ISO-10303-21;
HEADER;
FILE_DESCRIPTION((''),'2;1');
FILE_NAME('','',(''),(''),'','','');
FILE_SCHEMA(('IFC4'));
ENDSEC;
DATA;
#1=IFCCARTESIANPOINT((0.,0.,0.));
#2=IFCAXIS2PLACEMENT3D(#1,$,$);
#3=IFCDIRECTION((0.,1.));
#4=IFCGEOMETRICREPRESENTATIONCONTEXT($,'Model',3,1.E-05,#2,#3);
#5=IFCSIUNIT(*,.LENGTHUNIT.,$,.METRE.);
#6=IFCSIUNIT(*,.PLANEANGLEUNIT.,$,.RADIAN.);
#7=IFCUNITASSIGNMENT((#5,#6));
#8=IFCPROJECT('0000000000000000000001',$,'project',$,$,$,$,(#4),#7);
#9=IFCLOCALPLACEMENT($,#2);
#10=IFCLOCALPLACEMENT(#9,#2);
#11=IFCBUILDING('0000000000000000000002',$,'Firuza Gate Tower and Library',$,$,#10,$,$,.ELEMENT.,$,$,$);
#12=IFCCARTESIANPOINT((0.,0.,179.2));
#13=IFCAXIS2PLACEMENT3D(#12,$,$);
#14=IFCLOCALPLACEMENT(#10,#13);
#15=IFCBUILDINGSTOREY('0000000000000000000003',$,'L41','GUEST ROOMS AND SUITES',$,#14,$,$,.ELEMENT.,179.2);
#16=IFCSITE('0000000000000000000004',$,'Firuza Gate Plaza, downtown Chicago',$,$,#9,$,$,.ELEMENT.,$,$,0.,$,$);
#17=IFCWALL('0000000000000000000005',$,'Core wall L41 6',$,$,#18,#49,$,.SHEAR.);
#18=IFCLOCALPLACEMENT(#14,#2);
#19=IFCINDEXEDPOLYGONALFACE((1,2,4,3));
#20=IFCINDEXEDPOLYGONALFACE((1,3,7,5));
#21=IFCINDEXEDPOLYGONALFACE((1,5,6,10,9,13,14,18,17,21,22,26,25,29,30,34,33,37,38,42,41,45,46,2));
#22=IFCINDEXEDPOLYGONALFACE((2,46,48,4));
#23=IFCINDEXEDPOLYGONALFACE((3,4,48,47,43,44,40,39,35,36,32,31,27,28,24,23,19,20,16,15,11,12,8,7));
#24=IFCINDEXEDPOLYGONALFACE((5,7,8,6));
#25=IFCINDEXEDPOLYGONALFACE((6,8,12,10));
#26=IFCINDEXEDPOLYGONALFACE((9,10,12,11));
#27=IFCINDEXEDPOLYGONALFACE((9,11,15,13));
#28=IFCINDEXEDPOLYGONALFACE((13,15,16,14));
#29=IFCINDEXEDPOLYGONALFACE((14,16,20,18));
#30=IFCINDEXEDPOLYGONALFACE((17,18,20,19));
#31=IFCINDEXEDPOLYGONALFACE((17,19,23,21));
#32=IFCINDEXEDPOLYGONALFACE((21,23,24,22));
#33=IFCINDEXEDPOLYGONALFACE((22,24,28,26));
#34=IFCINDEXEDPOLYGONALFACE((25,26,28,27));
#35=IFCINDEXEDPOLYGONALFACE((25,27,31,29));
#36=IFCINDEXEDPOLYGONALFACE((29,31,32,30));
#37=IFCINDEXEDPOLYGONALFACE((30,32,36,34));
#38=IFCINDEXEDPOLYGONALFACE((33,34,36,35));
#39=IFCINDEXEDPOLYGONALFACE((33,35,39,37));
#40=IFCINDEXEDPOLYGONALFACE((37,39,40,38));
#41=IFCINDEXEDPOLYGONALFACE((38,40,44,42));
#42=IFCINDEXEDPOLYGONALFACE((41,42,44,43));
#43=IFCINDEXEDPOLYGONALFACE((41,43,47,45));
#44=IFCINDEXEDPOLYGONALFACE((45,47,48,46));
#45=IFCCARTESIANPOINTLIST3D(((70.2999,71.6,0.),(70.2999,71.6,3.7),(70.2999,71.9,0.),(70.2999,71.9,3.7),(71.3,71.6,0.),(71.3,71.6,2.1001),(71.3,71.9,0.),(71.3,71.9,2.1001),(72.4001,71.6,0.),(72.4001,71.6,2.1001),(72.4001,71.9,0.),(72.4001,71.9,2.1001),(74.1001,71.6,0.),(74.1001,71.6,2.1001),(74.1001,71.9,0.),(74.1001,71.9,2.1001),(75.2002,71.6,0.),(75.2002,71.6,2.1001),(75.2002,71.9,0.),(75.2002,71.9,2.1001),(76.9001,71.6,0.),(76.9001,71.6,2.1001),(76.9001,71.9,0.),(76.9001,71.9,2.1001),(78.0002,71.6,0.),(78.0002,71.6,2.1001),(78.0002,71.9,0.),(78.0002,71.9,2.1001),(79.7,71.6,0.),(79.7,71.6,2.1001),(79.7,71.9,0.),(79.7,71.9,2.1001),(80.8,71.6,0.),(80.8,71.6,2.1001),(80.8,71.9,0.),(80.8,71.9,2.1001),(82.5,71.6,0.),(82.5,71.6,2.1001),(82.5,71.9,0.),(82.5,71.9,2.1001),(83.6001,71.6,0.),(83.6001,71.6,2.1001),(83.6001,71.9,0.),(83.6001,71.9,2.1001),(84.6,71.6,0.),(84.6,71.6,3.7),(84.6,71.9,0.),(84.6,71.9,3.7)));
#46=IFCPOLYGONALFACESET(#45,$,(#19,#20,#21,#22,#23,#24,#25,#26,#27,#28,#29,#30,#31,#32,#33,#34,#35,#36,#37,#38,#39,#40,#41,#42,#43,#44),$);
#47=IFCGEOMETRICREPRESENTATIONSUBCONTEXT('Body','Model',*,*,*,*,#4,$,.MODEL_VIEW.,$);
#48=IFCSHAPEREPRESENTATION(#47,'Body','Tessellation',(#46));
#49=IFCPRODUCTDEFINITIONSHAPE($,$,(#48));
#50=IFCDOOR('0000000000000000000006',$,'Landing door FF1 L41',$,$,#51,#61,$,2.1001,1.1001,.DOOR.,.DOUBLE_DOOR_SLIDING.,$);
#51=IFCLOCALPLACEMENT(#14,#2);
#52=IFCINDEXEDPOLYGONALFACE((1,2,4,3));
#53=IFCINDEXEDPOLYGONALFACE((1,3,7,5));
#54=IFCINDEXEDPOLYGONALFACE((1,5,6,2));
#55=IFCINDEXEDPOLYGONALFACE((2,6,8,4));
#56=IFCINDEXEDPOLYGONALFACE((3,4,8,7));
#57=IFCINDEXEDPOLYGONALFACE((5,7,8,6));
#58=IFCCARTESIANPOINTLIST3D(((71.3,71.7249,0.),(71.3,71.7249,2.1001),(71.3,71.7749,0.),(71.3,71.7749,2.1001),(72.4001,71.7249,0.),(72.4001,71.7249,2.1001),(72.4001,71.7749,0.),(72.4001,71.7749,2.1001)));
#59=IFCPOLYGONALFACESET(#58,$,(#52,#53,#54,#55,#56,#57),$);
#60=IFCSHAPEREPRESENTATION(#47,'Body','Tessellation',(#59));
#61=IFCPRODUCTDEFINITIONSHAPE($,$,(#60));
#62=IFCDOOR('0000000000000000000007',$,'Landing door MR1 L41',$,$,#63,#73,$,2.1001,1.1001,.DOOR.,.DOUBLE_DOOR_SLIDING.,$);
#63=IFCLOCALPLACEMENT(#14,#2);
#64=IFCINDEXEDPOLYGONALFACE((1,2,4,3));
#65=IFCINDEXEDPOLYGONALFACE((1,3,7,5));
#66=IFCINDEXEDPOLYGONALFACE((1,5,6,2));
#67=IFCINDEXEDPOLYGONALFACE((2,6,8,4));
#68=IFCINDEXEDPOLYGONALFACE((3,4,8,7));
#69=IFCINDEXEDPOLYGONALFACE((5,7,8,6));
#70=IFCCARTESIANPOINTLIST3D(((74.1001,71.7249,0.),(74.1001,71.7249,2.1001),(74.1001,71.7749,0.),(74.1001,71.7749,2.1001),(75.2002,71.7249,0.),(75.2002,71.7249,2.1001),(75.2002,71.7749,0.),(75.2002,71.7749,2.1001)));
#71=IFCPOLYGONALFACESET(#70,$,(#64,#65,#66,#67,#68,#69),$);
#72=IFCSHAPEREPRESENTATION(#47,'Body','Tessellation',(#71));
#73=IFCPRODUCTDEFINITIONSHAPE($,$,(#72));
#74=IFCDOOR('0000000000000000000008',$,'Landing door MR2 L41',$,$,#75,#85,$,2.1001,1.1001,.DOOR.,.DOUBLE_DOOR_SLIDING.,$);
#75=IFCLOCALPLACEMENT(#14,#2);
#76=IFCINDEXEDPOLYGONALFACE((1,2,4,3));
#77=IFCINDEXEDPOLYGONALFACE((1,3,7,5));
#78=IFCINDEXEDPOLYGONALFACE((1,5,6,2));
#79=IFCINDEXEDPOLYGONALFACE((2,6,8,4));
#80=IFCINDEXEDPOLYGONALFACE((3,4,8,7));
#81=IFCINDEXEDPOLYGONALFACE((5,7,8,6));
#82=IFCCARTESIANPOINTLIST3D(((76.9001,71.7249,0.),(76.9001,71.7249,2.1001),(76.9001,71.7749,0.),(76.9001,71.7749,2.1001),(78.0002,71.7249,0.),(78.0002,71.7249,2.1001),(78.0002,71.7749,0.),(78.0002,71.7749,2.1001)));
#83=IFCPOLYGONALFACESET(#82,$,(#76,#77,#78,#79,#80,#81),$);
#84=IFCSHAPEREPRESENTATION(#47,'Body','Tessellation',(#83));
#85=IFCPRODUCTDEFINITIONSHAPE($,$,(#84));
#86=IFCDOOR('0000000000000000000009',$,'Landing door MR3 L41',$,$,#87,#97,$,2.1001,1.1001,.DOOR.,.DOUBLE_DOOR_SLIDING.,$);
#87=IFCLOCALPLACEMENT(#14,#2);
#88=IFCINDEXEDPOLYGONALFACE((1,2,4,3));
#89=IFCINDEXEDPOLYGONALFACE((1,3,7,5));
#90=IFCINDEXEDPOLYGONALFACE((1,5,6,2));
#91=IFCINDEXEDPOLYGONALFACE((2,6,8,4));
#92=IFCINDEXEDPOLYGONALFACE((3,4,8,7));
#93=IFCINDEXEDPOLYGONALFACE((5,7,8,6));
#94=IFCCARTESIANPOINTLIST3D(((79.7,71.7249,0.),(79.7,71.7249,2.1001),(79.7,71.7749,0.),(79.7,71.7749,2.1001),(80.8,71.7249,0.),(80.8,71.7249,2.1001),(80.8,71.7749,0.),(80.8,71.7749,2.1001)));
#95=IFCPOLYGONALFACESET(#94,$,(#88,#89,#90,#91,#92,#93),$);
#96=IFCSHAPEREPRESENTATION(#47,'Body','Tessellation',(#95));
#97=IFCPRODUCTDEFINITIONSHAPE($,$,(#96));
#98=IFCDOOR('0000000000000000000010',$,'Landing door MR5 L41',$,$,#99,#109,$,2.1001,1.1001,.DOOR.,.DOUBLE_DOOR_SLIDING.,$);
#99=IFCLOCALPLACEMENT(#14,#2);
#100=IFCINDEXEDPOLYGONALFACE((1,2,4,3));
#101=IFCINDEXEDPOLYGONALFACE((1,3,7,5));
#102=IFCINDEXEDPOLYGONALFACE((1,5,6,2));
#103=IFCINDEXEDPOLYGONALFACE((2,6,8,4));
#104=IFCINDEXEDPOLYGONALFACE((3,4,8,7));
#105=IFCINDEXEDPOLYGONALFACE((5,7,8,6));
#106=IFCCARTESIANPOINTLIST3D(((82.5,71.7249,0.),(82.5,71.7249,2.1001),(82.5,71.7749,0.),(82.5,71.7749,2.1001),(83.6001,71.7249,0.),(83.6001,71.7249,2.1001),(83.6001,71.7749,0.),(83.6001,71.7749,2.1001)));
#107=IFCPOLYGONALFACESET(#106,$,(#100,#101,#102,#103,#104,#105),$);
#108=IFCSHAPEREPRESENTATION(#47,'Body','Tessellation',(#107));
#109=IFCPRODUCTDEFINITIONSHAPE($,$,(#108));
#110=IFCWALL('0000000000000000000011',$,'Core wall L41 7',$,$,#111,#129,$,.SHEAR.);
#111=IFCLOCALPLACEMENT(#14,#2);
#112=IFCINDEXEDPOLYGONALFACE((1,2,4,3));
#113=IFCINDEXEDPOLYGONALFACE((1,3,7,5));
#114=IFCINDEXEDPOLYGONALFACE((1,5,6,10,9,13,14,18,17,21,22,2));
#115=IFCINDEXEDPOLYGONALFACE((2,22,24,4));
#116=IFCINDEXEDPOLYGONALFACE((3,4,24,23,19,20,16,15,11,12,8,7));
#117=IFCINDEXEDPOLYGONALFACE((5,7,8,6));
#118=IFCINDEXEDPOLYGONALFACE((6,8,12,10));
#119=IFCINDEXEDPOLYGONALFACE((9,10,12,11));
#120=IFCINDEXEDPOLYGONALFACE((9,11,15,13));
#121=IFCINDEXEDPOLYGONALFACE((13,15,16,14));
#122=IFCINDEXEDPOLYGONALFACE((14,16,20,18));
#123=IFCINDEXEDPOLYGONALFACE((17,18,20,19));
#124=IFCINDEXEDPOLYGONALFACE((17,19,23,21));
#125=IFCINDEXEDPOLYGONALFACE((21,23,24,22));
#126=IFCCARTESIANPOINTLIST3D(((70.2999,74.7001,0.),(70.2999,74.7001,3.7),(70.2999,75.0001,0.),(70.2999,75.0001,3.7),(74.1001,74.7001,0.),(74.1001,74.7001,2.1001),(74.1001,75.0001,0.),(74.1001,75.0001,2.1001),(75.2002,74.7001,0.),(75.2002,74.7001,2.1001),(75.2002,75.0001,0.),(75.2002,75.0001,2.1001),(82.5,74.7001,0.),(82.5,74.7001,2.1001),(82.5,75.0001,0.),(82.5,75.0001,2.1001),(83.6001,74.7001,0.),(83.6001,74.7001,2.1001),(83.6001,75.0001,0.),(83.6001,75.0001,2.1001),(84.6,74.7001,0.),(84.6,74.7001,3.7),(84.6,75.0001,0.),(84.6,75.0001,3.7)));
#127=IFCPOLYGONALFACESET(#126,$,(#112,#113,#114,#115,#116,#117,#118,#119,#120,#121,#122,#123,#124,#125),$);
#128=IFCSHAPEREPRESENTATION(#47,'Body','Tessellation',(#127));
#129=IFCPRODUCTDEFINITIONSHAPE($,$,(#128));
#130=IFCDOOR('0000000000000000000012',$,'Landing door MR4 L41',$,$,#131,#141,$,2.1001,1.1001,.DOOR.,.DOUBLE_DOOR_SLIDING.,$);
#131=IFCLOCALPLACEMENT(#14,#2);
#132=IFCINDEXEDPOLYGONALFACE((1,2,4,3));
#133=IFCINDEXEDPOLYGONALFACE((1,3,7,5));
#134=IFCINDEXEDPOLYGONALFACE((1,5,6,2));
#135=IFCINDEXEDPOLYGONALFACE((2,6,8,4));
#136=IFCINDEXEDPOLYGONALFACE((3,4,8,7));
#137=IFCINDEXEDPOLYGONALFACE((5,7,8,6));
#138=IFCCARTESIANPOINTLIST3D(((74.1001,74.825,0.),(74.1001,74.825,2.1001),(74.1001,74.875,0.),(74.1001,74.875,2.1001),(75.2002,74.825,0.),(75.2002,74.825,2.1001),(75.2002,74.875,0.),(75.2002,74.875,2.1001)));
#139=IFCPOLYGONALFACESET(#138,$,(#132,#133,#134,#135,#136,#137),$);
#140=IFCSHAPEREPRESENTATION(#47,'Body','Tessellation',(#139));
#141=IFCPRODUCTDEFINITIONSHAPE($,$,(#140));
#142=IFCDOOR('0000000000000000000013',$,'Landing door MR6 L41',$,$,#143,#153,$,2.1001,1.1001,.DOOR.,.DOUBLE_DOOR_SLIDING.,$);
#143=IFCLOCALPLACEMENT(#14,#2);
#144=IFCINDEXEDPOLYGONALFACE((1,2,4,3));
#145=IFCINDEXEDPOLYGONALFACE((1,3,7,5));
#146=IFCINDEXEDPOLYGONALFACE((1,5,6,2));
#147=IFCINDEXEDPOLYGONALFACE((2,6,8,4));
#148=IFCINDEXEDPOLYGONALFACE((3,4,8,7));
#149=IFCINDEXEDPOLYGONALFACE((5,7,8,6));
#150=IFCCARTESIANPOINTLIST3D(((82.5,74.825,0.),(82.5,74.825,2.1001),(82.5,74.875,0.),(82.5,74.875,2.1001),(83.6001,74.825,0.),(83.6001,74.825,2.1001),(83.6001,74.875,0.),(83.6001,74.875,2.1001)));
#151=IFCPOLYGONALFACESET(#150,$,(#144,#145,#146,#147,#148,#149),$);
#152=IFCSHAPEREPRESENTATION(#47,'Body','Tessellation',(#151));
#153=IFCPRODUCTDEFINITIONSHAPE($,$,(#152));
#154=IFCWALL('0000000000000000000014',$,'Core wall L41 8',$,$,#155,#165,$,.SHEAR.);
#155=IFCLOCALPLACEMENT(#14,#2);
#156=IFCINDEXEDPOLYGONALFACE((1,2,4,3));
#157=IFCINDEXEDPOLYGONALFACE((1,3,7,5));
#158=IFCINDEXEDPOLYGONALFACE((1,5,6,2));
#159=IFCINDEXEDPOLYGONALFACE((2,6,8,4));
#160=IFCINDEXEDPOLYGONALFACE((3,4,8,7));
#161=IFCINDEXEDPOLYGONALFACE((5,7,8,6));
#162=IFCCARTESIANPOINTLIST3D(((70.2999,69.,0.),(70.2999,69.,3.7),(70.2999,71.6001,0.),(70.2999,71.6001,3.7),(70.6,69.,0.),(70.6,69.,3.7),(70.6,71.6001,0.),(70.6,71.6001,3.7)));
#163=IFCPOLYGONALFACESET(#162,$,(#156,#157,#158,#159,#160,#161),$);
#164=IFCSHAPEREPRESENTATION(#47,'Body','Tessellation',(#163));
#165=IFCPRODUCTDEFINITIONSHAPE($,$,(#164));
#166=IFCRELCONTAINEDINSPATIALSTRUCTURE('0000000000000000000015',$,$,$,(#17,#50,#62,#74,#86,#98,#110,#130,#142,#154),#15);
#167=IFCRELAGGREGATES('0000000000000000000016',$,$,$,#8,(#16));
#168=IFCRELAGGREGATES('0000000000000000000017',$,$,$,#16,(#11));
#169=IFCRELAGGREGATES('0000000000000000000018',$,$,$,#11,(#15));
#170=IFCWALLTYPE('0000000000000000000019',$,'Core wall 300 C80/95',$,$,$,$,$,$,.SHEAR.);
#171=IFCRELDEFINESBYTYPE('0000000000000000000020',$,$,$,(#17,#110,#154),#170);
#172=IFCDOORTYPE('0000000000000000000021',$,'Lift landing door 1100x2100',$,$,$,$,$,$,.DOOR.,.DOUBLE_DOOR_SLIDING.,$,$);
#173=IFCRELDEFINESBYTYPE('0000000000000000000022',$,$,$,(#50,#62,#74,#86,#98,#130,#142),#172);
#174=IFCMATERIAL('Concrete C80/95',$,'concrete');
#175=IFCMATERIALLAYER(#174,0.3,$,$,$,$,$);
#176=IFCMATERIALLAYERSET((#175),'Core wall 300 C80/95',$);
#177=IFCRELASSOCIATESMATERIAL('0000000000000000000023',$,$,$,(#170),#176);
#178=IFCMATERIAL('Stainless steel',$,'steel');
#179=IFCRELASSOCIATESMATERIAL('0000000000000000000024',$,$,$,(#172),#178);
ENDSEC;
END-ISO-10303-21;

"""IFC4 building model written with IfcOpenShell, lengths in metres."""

from ifc_helpers import new_model, si_unit, direction, frame, frame_2d, origin, place, context, subcontext, project, spatial, rectangle, extrude, material, layer, layer_set, type_object, element, fill, save


model = new_model("IFC4")

# Units and contexts
model_context = context("Model", 3, precision=1e-05, world=origin(), true_north=direction((0.0, 1.0)))
body_context = subcontext(model_context, "Body", "Model", "MODEL_VIEW")
ifc_project = project(units=[si_unit("LENGTHUNIT", "METRE"), si_unit("PLANEANGLEUNIT", "RADIAN")], contexts=[model_context])

# Site, building, storey
site_placement = place(None, origin())
site = spatial("IfcSite", under=ifc_project, at=site_placement, Name="Firuza Gate Plaza, downtown Chicago", CompositionType="ELEMENT", RefElevation=0.0)
building_placement = place(site_placement, origin())
building = spatial("IfcBuilding", under=site, at=building_placement, Name="Firuza Gate Tower and Library", CompositionType="ELEMENT")
storey_placement = place(building_placement, frame((0.0, 0.0, 179.2)))
storey = spatial("IfcBuildingStorey", under=building, at=storey_placement, Name="L41", Description="GUEST ROOMS AND SUITES", CompositionType="ELEMENT", Elevation=179.2)

# Shared definitions
ifc_material_1 = material(Name="Concrete C80/95", Category="concrete")
ifc_layer_1 = layer(ifc_material_1, 0.3)
ifc_layer_set_1 = layer_set([ifc_layer_1], Name="Core wall 300 C80/95")
wall_type_1 = type_object("IfcWallType", Name="Core wall 300 C80/95", PredefinedType="SHEAR", material=ifc_layer_set_1)

# Walls, openings, doors
wall_1_placement = place(storey_placement, frame((70.3, 71.75, 0.0), z_axis=(0.0, 0.0, 1.0), x_axis=(1.0, 0.0, 0.0)))
wall_1 = element("IfcWall", 1, at=wall_1_placement, inside=storey, type_object=wall_type_1, Name="Core wall L41 6", PredefinedType="SHEAR", context=body_context, shape_type="SweptSolid", body=[
    extrude(rectangle(XDim=14.3, YDim=0.3, at=frame_2d((7.1499, 0.0))), origin(), (0.0, 0.0, 1.0), 3.7),
])
opening_1_placement = place(wall_1_placement, frame((1.0, 0.0, 0.0)))
opening_1 = element("IfcOpeningElement", 2, at=opening_1_placement, cuts=wall_1, PredefinedType="OPENING", context=body_context, shape_type="SweptSolid", body=[
    extrude(rectangle(XDim=1.1001, YDim=2.1001, at=frame_2d((0.55, 1.05))), frame((0.0, 0.1602, 0.0), z_axis=(0.0, -1.0, 0.0), x_axis=(1.0, 0.0, 0.0)), (0.0, 0.0, 1.0), 0.3201),
])
opening_2_placement = place(wall_1_placement, frame((3.8, 0.0, 0.0)))
opening_2 = element("IfcOpeningElement", 3, at=opening_2_placement, cuts=wall_1, PredefinedType="OPENING", context=body_context, shape_type="SweptSolid", body=[
    extrude(rectangle(XDim=1.1001, YDim=2.1001, at=frame_2d((0.55, 1.05))), frame((0.0, 0.1602, 0.0), z_axis=(0.0, -1.0, 0.0), x_axis=(1.0, 0.0, 0.0)), (0.0, 0.0, 1.0), 0.3201),
])
opening_3_placement = place(wall_1_placement, frame((6.6001, 0.0, 0.0)))
opening_3 = element("IfcOpeningElement", 4, at=opening_3_placement, cuts=wall_1, PredefinedType="OPENING", context=body_context, shape_type="SweptSolid", body=[
    extrude(rectangle(XDim=1.1001, YDim=2.1001, at=frame_2d((0.55, 1.05))), frame((0.0, 0.1602, 0.0), z_axis=(0.0, -1.0, 0.0), x_axis=(1.0, 0.0, 0.0)), (0.0, 0.0, 1.0), 0.3201),
])
opening_4_placement = place(wall_1_placement, frame((9.3999, 0.0, 0.0)))
opening_4 = element("IfcOpeningElement", 5, at=opening_4_placement, cuts=wall_1, PredefinedType="OPENING", context=body_context, shape_type="SweptSolid", body=[
    extrude(rectangle(XDim=1.1001, YDim=2.1001, at=frame_2d((0.55, 1.05))), frame((0.0, 0.1602, 0.0), z_axis=(0.0, -1.0, 0.0), x_axis=(1.0, 0.0, 0.0)), (0.0, 0.0, 1.0), 0.3201),
])
opening_5_placement = place(wall_1_placement, frame((12.2, 0.0, 0.0)))
opening_5 = element("IfcOpeningElement", 6, at=opening_5_placement, cuts=wall_1, PredefinedType="OPENING", context=body_context, shape_type="SweptSolid", body=[
    extrude(rectangle(XDim=1.1001, YDim=2.1001, at=frame_2d((0.55, 1.05))), frame((0.0, 0.1602, 0.0), z_axis=(0.0, -1.0, 0.0), x_axis=(1.0, 0.0, 0.0)), (0.0, 0.0, 1.0), 0.3201),
])
ifc_material_2 = material(Name="Stainless steel", Category="steel")
door_type_1 = type_object("IfcDoorType", Name="Lift landing door 1100x2100", OperationType="DOUBLE_DOOR_SLIDING", PredefinedType="DOOR", material=ifc_material_2)
door_1_placement = place(opening_1_placement, origin())
door_1 = element("IfcDoor", 7, at=door_1_placement, inside=storey, type_object=door_type_1, Name="Landing door FF1 L41", OperationType="DOUBLE_DOOR_SLIDING", OverallHeight=2.1001, OverallWidth=1.1001, PredefinedType="DOOR", context=body_context, shape_type="SweptSolid", body=[
    extrude(rectangle(XDim=1.1001, YDim=2.1001, at=frame_2d((0.55, 1.05))), frame((0.0, 0.0249, 0.0), z_axis=(0.0, -1.0, 0.0), x_axis=(1.0, 0.0, 0.0)), (0.0, 0.0, 1.0), 0.05),
])
fill(opening_1, door_1)
door_2_placement = place(opening_2_placement, origin())
door_2 = element("IfcDoor", 8, at=door_2_placement, inside=storey, type_object=door_type_1, Name="Landing door MR1 L41", OperationType="DOUBLE_DOOR_SLIDING", OverallHeight=2.1001, OverallWidth=1.1001, PredefinedType="DOOR", context=body_context, shape_type="SweptSolid", body=[
    extrude(rectangle(XDim=1.1001, YDim=2.1001, at=frame_2d((0.55, 1.05))), frame((0.0, 0.0249, 0.0), z_axis=(0.0, -1.0, 0.0), x_axis=(1.0, 0.0, 0.0)), (0.0, 0.0, 1.0), 0.05),
])
fill(opening_2, door_2)
door_3_placement = place(opening_3_placement, origin())
door_3 = element("IfcDoor", 9, at=door_3_placement, inside=storey, type_object=door_type_1, Name="Landing door MR2 L41", OperationType="DOUBLE_DOOR_SLIDING", OverallHeight=2.1001, OverallWidth=1.1001, PredefinedType="DOOR", context=body_context, shape_type="SweptSolid", body=[
    extrude(rectangle(XDim=1.1001, YDim=2.1001, at=frame_2d((0.55, 1.05))), frame((0.0, 0.0249, 0.0), z_axis=(0.0, -1.0, 0.0), x_axis=(1.0, 0.0, 0.0)), (0.0, 0.0, 1.0), 0.05),
])
fill(opening_3, door_3)
door_4_placement = place(opening_4_placement, origin())
door_4 = element("IfcDoor", 10, at=door_4_placement, inside=storey, type_object=door_type_1, Name="Landing door MR3 L41", OperationType="DOUBLE_DOOR_SLIDING", OverallHeight=2.1001, OverallWidth=1.1001, PredefinedType="DOOR", context=body_context, shape_type="SweptSolid", body=[
    extrude(rectangle(XDim=1.1001, YDim=2.1001, at=frame_2d((0.55, 1.05))), frame((0.0, 0.0249, 0.0), z_axis=(0.0, -1.0, 0.0), x_axis=(1.0, 0.0, 0.0)), (0.0, 0.0, 1.0), 0.05),
])
fill(opening_4, door_4)
door_5_placement = place(opening_5_placement, origin())
door_5 = element("IfcDoor", 11, at=door_5_placement, inside=storey, type_object=door_type_1, Name="Landing door MR5 L41", OperationType="DOUBLE_DOOR_SLIDING", OverallHeight=2.1001, OverallWidth=1.1001, PredefinedType="DOOR", context=body_context, shape_type="SweptSolid", body=[
    extrude(rectangle(XDim=1.1001, YDim=2.1001, at=frame_2d((0.55, 1.05))), frame((0.0, 0.0249, 0.0), z_axis=(0.0, -1.0, 0.0), x_axis=(1.0, 0.0, 0.0)), (0.0, 0.0, 1.0), 0.05),
])
fill(opening_5, door_5)
wall_2_placement = place(storey_placement, frame((70.3, 74.8501, 0.0), z_axis=(0.0, 0.0, 1.0), x_axis=(1.0, 0.0, 0.0)))
wall_2 = element("IfcWall", 12, at=wall_2_placement, inside=storey, type_object=wall_type_1, Name="Core wall L41 7", PredefinedType="SHEAR", context=body_context, shape_type="SweptSolid", body=[
    extrude(rectangle(XDim=14.3, YDim=0.3, at=frame_2d((7.1499, 0.0))), origin(), (0.0, 0.0, 1.0), 3.7),
])
opening_6_placement = place(wall_2_placement, frame((3.8, 0.0, 0.0)))
opening_6 = element("IfcOpeningElement", 13, at=opening_6_placement, cuts=wall_2, PredefinedType="OPENING", context=body_context, shape_type="SweptSolid", body=[
    extrude(rectangle(XDim=1.1001, YDim=2.1001, at=frame_2d((0.55, 1.05))), frame((0.0, 0.1602, 0.0), z_axis=(0.0, -1.0, 0.0), x_axis=(1.0, 0.0, 0.0)), (0.0, 0.0, 1.0), 0.3201),
])
opening_7_placement = place(wall_2_placement, frame((12.2, 0.0, 0.0)))
opening_7 = element("IfcOpeningElement", 14, at=opening_7_placement, cuts=wall_2, PredefinedType="OPENING", context=body_context, shape_type="SweptSolid", body=[
    extrude(rectangle(XDim=1.1001, YDim=2.1001, at=frame_2d((0.55, 1.05))), frame((0.0, 0.1602, 0.0), z_axis=(0.0, -1.0, 0.0), x_axis=(1.0, 0.0, 0.0)), (0.0, 0.0, 1.0), 0.3201),
])
door_6_placement = place(opening_6_placement, origin())
door_6 = element("IfcDoor", 15, at=door_6_placement, inside=storey, type_object=door_type_1, Name="Landing door MR4 L41", OperationType="DOUBLE_DOOR_SLIDING", OverallHeight=2.1001, OverallWidth=1.1001, PredefinedType="DOOR", context=body_context, shape_type="SweptSolid", body=[
    extrude(rectangle(XDim=1.1001, YDim=2.1001, at=frame_2d((0.55, 1.05))), frame((0.0, 0.0249, 0.0), z_axis=(0.0, -1.0, 0.0), x_axis=(1.0, 0.0, 0.0)), (0.0, 0.0, 1.0), 0.05),
])
fill(opening_6, door_6)
door_7_placement = place(opening_7_placement, origin())
door_7 = element("IfcDoor", 16, at=door_7_placement, inside=storey, type_object=door_type_1, Name="Landing door MR6 L41", OperationType="DOUBLE_DOOR_SLIDING", OverallHeight=2.1001, OverallWidth=1.1001, PredefinedType="DOOR", context=body_context, shape_type="SweptSolid", body=[
    extrude(rectangle(XDim=1.1001, YDim=2.1001, at=frame_2d((0.55, 1.05))), frame((0.0, 0.0249, 0.0), z_axis=(0.0, -1.0, 0.0), x_axis=(1.0, 0.0, 0.0)), (0.0, 0.0, 1.0), 0.05),
])
fill(opening_7, door_7)

# Wall
wall_3_placement = place(storey_placement, frame((70.45, 69.0, 0.0), z_axis=(0.0, 0.0, 1.0), x_axis=(0.0, 1.0, 0.0)))
element("IfcWall", 17, at=wall_3_placement, inside=storey, type_object=wall_type_1, Name="Core wall L41 8", PredefinedType="SHEAR", context=body_context, shape_type="SweptSolid", body=[
    extrude(rectangle(XDim=2.6001, YDim=0.3, at=frame_2d((1.3, 0.0))), origin(), (0.0, 0.0, 1.0), 3.7),
])

save(model, "model.ifc")
